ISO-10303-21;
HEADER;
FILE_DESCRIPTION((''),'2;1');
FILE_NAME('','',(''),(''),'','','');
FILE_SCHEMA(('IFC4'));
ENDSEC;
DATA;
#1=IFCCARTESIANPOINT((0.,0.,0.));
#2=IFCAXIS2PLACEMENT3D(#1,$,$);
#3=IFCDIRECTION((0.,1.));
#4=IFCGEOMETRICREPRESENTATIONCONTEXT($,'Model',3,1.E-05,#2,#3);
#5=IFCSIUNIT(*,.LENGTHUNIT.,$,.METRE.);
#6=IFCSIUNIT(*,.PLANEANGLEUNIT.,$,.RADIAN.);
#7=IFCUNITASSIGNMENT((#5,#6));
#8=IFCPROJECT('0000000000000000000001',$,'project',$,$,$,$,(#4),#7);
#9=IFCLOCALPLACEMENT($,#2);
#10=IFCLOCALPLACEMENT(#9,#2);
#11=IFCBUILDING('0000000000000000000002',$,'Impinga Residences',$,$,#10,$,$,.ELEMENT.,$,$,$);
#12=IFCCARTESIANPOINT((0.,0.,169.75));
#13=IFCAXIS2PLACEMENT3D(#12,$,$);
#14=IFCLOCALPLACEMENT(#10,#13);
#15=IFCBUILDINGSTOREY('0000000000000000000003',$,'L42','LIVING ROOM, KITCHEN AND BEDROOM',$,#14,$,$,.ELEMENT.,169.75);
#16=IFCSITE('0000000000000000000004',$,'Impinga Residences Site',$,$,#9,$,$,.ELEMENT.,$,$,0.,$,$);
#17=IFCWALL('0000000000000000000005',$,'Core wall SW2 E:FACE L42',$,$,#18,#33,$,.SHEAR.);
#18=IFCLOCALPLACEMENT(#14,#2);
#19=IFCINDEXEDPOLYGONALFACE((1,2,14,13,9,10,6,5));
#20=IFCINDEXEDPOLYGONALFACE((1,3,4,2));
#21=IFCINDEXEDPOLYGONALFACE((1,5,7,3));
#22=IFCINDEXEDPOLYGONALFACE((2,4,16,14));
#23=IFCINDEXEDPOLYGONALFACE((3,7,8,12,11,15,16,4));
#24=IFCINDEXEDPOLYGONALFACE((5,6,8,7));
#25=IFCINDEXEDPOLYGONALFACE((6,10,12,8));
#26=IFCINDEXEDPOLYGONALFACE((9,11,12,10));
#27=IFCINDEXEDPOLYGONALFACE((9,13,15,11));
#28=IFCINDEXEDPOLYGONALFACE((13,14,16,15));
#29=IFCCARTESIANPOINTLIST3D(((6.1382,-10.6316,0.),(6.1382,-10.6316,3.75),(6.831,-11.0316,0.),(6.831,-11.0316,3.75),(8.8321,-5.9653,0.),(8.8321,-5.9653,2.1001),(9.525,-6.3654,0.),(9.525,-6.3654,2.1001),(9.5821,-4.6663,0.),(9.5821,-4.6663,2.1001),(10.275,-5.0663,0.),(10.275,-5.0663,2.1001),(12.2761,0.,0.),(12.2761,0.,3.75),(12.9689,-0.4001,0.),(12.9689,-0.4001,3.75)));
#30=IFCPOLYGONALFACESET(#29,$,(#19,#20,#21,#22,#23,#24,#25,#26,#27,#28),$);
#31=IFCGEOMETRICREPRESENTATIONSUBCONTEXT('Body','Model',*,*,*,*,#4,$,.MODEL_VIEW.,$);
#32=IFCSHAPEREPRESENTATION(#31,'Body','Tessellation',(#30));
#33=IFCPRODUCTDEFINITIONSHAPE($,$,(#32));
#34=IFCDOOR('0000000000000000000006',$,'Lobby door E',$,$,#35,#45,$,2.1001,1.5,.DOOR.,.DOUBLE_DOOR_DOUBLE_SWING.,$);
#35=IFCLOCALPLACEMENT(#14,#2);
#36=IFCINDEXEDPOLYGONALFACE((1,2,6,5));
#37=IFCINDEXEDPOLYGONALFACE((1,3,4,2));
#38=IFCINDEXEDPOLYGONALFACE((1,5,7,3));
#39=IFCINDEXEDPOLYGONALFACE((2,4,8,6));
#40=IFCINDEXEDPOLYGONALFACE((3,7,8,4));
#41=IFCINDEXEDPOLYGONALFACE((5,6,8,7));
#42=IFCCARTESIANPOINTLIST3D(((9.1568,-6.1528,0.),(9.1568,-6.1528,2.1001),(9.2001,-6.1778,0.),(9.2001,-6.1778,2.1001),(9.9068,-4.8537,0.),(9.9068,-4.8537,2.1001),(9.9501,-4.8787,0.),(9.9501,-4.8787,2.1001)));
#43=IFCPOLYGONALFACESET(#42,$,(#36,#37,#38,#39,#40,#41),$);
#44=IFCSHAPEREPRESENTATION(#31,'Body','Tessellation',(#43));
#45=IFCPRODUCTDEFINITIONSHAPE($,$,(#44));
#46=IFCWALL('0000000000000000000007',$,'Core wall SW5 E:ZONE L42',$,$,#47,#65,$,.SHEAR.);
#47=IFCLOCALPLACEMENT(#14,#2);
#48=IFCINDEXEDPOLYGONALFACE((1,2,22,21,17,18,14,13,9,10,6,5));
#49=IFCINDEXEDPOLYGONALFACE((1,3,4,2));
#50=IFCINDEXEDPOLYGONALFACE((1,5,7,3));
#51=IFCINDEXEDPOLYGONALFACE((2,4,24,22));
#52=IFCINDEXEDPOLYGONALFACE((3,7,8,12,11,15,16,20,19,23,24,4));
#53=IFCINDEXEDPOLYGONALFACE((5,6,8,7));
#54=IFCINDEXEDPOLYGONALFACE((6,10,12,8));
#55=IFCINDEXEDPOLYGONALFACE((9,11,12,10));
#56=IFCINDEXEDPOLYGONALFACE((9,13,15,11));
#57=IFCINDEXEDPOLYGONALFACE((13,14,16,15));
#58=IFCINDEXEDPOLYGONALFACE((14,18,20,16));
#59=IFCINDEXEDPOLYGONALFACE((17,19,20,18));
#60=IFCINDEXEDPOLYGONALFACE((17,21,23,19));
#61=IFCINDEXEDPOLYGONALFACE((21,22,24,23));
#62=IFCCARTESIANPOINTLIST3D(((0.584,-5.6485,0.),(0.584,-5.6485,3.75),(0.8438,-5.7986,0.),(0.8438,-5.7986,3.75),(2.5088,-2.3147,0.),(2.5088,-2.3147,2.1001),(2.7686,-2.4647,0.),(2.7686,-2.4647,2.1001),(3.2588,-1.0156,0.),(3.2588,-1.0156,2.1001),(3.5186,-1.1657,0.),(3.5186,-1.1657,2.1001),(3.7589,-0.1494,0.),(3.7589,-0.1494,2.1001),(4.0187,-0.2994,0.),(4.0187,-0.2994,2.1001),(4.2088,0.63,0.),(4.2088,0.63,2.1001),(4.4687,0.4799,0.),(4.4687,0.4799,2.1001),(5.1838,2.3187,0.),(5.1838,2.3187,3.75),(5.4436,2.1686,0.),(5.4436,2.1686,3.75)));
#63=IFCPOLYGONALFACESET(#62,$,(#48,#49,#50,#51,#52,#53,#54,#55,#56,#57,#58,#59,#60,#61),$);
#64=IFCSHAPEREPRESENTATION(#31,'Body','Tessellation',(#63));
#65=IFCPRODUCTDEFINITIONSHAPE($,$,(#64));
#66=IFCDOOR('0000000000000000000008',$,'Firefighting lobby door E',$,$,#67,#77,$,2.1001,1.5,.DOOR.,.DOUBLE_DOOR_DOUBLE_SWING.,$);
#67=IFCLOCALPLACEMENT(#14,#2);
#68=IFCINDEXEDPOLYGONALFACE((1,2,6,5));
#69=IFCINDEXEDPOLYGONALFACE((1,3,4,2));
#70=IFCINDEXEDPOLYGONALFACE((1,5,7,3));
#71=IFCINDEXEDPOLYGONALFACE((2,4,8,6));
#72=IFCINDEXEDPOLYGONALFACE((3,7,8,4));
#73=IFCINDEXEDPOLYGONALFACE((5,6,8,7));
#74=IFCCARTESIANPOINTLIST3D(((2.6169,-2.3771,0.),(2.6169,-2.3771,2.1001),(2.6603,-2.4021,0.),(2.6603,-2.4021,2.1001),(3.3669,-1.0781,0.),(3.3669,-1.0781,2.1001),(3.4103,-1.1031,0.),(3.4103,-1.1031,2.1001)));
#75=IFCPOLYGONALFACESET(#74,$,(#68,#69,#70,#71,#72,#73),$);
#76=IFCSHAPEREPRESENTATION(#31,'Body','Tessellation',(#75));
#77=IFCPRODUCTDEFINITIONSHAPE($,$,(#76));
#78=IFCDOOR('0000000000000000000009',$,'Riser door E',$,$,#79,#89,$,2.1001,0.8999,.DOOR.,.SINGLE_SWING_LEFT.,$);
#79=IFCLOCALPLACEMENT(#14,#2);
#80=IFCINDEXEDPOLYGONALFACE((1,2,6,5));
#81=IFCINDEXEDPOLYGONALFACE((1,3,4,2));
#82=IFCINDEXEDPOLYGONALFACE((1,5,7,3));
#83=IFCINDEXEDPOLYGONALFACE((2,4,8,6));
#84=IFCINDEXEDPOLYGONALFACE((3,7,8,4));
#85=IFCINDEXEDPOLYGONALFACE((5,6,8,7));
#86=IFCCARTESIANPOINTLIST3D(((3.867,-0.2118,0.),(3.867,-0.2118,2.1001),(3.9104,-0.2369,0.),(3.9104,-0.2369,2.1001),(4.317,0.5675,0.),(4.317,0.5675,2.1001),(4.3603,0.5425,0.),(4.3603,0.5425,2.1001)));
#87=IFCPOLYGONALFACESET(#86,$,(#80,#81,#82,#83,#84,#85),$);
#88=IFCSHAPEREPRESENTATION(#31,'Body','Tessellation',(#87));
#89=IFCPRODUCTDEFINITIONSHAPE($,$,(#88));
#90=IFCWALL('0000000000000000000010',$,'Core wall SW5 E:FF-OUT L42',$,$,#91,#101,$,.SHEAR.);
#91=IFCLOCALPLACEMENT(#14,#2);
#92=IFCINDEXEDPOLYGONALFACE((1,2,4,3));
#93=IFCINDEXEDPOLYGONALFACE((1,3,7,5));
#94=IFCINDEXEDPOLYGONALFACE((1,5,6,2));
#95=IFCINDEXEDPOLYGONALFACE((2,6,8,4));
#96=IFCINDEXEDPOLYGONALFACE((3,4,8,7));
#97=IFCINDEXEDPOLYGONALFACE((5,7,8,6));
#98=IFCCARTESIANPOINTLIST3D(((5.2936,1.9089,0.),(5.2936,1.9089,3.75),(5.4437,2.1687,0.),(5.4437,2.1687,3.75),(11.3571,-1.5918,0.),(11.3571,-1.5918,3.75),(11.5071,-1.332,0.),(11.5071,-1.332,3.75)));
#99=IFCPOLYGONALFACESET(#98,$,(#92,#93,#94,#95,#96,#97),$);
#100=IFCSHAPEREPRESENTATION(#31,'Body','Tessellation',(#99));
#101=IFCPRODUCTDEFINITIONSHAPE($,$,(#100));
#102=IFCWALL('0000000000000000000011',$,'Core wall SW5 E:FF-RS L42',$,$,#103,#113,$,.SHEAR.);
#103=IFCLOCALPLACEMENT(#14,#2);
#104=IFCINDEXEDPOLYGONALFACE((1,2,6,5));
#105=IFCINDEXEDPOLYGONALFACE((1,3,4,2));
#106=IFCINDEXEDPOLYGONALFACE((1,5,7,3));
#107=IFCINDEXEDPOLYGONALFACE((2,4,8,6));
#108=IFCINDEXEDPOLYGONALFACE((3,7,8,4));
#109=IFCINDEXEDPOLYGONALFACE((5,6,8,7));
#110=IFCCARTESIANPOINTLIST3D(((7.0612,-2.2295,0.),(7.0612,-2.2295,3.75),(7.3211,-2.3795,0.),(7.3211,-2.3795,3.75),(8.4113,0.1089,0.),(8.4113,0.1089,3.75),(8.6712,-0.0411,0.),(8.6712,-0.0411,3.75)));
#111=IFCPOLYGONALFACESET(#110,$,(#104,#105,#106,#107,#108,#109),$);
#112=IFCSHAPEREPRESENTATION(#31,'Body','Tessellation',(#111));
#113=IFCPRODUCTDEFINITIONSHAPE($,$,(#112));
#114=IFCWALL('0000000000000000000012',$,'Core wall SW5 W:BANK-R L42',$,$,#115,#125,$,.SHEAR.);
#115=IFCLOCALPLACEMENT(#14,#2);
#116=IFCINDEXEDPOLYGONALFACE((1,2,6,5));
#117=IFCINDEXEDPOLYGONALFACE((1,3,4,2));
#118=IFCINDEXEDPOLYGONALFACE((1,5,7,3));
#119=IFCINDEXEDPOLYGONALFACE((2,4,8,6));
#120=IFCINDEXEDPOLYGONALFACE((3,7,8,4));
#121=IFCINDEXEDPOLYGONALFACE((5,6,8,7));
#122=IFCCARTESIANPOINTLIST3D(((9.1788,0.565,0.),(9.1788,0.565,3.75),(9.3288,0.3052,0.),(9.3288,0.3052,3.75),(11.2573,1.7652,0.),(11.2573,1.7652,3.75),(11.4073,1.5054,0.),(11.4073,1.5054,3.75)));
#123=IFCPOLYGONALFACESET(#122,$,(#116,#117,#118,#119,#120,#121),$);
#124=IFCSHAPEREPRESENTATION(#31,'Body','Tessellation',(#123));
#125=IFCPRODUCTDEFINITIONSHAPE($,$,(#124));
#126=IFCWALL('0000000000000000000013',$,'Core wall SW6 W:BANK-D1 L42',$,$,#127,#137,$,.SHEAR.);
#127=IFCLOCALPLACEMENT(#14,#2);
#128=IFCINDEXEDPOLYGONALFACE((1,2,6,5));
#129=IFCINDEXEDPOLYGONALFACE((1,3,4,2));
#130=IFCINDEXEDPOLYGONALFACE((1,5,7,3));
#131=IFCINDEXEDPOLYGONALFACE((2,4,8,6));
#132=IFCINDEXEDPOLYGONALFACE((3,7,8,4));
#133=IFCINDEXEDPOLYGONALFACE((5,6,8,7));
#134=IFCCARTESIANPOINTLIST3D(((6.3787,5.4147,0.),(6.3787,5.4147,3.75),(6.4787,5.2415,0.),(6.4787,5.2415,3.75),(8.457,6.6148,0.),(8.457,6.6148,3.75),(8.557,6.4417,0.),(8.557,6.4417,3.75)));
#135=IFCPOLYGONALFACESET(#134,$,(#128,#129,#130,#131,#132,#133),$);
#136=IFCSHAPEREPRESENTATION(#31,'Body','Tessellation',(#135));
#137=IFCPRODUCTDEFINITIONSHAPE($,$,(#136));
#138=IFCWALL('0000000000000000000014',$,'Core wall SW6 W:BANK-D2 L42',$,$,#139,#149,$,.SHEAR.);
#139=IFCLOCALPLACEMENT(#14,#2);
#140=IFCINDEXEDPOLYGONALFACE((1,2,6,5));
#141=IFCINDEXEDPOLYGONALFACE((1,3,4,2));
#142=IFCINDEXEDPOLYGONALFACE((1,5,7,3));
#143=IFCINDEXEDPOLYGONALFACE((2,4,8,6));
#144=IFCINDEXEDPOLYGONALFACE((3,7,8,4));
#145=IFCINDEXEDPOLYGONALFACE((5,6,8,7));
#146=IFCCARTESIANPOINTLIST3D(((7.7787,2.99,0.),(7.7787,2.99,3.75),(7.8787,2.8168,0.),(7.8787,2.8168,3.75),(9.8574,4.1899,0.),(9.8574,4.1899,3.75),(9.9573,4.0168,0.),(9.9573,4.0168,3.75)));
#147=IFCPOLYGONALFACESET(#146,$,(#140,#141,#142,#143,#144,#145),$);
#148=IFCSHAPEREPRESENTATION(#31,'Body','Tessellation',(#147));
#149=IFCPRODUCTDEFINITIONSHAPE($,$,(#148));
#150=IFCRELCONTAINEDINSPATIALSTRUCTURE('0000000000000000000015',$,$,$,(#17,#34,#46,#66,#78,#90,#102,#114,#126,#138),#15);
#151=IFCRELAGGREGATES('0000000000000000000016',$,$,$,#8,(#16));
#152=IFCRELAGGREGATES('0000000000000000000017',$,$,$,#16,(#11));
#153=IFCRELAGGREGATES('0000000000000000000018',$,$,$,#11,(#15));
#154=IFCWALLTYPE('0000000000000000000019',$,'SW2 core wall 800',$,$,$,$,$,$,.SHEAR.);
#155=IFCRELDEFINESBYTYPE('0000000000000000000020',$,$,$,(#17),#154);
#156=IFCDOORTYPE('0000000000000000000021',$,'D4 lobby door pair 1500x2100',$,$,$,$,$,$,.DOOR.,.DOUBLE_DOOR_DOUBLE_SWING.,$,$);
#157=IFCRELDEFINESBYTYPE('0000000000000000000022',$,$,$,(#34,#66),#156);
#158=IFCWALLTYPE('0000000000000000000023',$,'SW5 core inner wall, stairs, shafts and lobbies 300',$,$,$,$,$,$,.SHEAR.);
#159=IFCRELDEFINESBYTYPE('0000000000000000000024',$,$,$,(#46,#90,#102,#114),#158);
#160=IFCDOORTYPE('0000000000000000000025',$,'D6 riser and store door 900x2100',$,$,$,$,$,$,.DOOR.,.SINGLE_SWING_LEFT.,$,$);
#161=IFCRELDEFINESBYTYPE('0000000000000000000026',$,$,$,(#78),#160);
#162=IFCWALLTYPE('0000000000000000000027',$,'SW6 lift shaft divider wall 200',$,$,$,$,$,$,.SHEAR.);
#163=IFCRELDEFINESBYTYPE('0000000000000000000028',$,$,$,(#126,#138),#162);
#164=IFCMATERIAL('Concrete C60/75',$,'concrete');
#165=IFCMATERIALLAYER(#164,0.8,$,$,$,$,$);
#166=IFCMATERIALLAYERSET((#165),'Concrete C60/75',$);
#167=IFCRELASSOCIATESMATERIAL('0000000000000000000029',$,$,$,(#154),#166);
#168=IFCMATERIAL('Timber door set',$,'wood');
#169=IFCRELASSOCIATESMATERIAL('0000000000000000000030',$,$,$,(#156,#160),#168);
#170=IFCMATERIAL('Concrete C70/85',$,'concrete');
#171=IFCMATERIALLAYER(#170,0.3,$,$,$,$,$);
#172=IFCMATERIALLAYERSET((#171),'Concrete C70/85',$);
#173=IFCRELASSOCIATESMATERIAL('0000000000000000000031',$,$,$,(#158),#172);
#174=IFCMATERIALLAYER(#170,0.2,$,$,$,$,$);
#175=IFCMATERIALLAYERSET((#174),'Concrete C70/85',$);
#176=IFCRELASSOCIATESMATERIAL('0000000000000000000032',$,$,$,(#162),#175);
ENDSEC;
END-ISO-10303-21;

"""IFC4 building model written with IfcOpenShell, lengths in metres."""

from ifc_helpers import new_model, si_unit, direction, frame, frame_2d, origin, place, context, subcontext, project, spatial, rectangle, extrude, material, layer, layer_set, type_object, element, fill, save


model = new_model("IFC4")

# Units and contexts
model_context = context("Model", 3, precision=1e-05, world=origin(), true_north=direction((0.0, 1.0)))
body_context = subcontext(model_context, "Body", "Model", "MODEL_VIEW")
ifc_project = project(units=[si_unit("LENGTHUNIT", "METRE"), si_unit("PLANEANGLEUNIT", "RADIAN")], contexts=[model_context])

# Site, building, storey
site_placement = place(None, origin())
site = spatial("IfcSite", under=ifc_project, at=site_placement, Name="Impinga Residences Site", CompositionType="ELEMENT", RefElevation=0.0)
building_placement = place(site_placement, origin())
building = spatial("IfcBuilding", under=site, at=building_placement, Name="Impinga Residences", CompositionType="ELEMENT")
storey_placement = place(building_placement, frame((0.0, 0.0, 169.75)))
storey = spatial("IfcBuildingStorey", under=building, at=storey_placement, Name="L42", Description="LIVING ROOM, KITCHEN AND BEDROOM", CompositionType="ELEMENT", Elevation=169.75)

# Shared definitions
ifc_material_1 = material(Name="Concrete C60/75", Category="concrete")
ifc_material_2 = material(Name="Timber door set", Category="wood")

# Wall, opening, door
ifc_layer_1 = layer(ifc_material_1, 0.8)
ifc_layer_set_1 = layer_set([ifc_layer_1], Name="Concrete C60/75")
wall_type_1 = type_object("IfcWallType", Name="SW2 core wall 800", PredefinedType="SHEAR", material=ifc_layer_set_1)
wall_1_placement = place(storey_placement, frame((12.6226, -0.2, 0.0), z_axis=(0.0, 0.0, 1.0), x_axis=(-0.499987, -0.866033, 0.0)))
wall_1 = element("IfcWall", 1, at=wall_1_placement, inside=storey, type_object=wall_type_1, Name="Core wall SW2 E:FACE L42", PredefinedType="SHEAR", context=body_context, shape_type="SweptSolid", body=[
    extrude(rectangle(XDim=12.2761, YDim=0.8, at=frame_2d((6.1382, 0.0))), origin(), (0.0, 0.0, 1.0), 3.75),
])
opening_1_placement = place(wall_1_placement, frame((5.3882, 0.0, 0.0)))
opening_1 = element("IfcOpeningElement", 2, at=opening_1_placement, cuts=wall_1, PredefinedType="OPENING", context=body_context, shape_type="SweptSolid", body=[
    extrude(rectangle(XDim=1.5, YDim=2.1001, at=frame_2d((0.75, 1.05))), frame((0.0, 0.4099, 0.0), z_axis=(0.0, -1.0, 0.0), x_axis=(1.0, 0.0, 0.0)), (0.0, 0.0, 1.0), 0.8201),
])
door_type_1 = type_object("IfcDoorType", Name="D4 lobby door pair 1500x2100", OperationType="DOUBLE_DOOR_DOUBLE_SWING", PredefinedType="DOOR", material=ifc_material_2)
door_1_placement = place(opening_1_placement, origin())
door_1 = element("IfcDoor", 3, at=door_1_placement, inside=storey, type_object=door_type_1, Name="Lobby door E", OperationType="DOUBLE_DOOR_DOUBLE_SWING", OverallHeight=2.1001, OverallWidth=1.5, PredefinedType="DOOR", context=body_context, shape_type="SweptSolid", body=[
    extrude(rectangle(XDim=1.5, YDim=2.1001, at=frame_2d((0.75, 1.05))), frame((0.0, 0.0249, 0.0), z_axis=(0.0, -1.0, 0.0), x_axis=(1.0, 0.0, 0.0)), (0.0, 0.0, 1.0), 0.05),
])
fill(opening_1, door_1)

# Wall, openings, doors
ifc_material_3 = material(Name="Concrete C70/85", Category="concrete")
ifc_layer_2 = layer(ifc_material_3, 0.3)
ifc_layer_set_2 = layer_set([ifc_layer_2], Name="Concrete C70/85")
wall_type_2 = type_object("IfcWallType", Name="SW5 core inner wall, stairs, shafts and lobbies 300", PredefinedType="SHEAR", material=ifc_layer_set_2)
wall_2_placement = place(storey_placement, frame((5.3137, 2.2437, 0.0), z_axis=(0.0, 0.0, 1.0), x_axis=(-0.499995, -0.866028, 0.0)))
wall_2 = element("IfcWall", 4, at=wall_2_placement, inside=storey, type_object=wall_type_2, Name="Core wall SW5 E:ZONE L42", PredefinedType="SHEAR", context=body_context, shape_type="SweptSolid", body=[
    extrude(rectangle(XDim=9.1997, YDim=0.3, at=frame_2d((4.5999, 0.0))), origin(), (0.0, 0.0, 1.0), 3.75),
])
opening_2_placement = place(wall_2_placement, frame((3.8501, 0.0, 0.0)))
opening_2 = element("IfcOpeningElement", 5, at=opening_2_placement, cuts=wall_2, PredefinedType="OPENING", context=body_context, shape_type="SweptSolid", body=[
    extrude(rectangle(XDim=1.5, YDim=2.1001, at=frame_2d((0.75, 1.05))), frame((0.0, 0.1599, 0.0), z_axis=(0.0, -1.0, 0.0), x_axis=(1.0, 0.0, 0.0)), (0.0, 0.0, 1.0), 0.3201),
])
opening_3_placement = place(wall_2_placement, frame((1.95, 0.0, 0.0)))
opening_3 = element("IfcOpeningElement", 6, at=opening_3_placement, cuts=wall_2, PredefinedType="OPENING", context=body_context, shape_type="SweptSolid", body=[
    extrude(rectangle(XDim=0.8999, YDim=2.1001, at=frame_2d((0.45, 1.05))), frame((0.0, 0.1599, 0.0), z_axis=(0.0, -1.0, 0.0), x_axis=(1.0, 0.0, 0.0)), (0.0, 0.0, 1.0), 0.3201),
])
door_2_placement = place(opening_2_placement, origin())
door_2 = element("IfcDoor", 7, at=door_2_placement, inside=storey, type_object=door_type_1, Name="Firefighting lobby door E", OperationType="DOUBLE_DOOR_DOUBLE_SWING", OverallHeight=2.1001, OverallWidth=1.5, PredefinedType="DOOR", context=body_context, shape_type="SweptSolid", body=[
    extrude(rectangle(XDim=1.5, YDim=2.1001, at=frame_2d((0.75, 1.05))), frame((0.0, 0.0249, 0.0), z_axis=(0.0, -1.0, 0.0), x_axis=(1.0, 0.0, 0.0)), (0.0, 0.0, 1.0), 0.05),
])
fill(opening_2, door_2)
door_type_2 = type_object("IfcDoorType", Name="D6 riser and store door 900x2100", OperationType="SINGLE_SWING_LEFT", PredefinedType="DOOR", material=ifc_material_2)
door_3_placement = place(opening_3_placement, origin())
door_3 = element("IfcDoor", 8, at=door_3_placement, inside=storey, type_object=door_type_2, Name="Riser door E", OperationType="SINGLE_SWING_LEFT", OverallHeight=2.1001, OverallWidth=0.8999, PredefinedType="DOOR", context=body_context, shape_type="SweptSolid", body=[
    extrude(rectangle(XDim=0.8999, YDim=2.1001, at=frame_2d((0.45, 1.05))), frame((0.0, 0.0249, 0.0), z_axis=(0.0, -1.0, 0.0), x_axis=(1.0, 0.0, 0.0)), (0.0, 0.0, 1.0), 0.05),
])
fill(opening_3, door_3)

# Walls
wall_3_placement = place(storey_placement, frame((5.3687, 2.0388, 0.0), z_axis=(0.0, 0.0, 1.0), x_axis=(0.866026, -0.499998, 0.0)))
element("IfcWall", 9, at=wall_3_placement, inside=storey, type_object=wall_type_2, Name="Core wall SW5 E:FF-OUT L42", PredefinedType="SHEAR", context=body_context, shape_type="SweptSolid", body=[
    extrude(rectangle(XDim=7.0015, YDim=0.3, at=frame_2d((3.5007, 0.0))), origin(), (0.0, 0.0, 1.0), 3.75),
])
wall_4_placement = place(storey_placement, frame((8.5413, 0.0339, 0.0), z_axis=(0.0, 0.0, 1.0), x_axis=(-0.500009, -0.86602, 0.0)))
element("IfcWall", 10, at=wall_4_placement, inside=storey, type_object=wall_type_2, Name="Core wall SW5 E:FF-RS L42", PredefinedType="SHEAR", context=body_context, shape_type="SweptSolid", body=[
    extrude(rectangle(XDim=2.7002, YDim=0.3, at=frame_2d((1.3501, 0.0))), origin(), (0.0, 0.0, 1.0), 3.75),
])
wall_5_placement = place(storey_placement, frame((9.2537, 0.4351, 0.0), z_axis=(0.0, 0.0, 1.0), x_axis=(0.866006, 0.500034, 0.0)))
element("IfcWall", 11, at=wall_5_placement, inside=storey, type_object=wall_type_2, Name="Core wall SW5 W:BANK-R L42", PredefinedType="SHEAR", context=body_context, shape_type="SweptSolid", body=[
    extrude(rectangle(XDim=2.4001, YDim=0.3, at=frame_2d((1.2002, 0.0))), origin(), (0.0, 0.0, 1.0), 3.75),
])
ifc_layer_3 = layer(ifc_material_3, 0.2)
ifc_layer_set_3 = layer_set([ifc_layer_3], Name="Concrete C70/85")
wall_type_3 = type_object("IfcWallType", Name="SW6 lift shaft divider wall 200", PredefinedType="SHEAR", material=ifc_layer_set_3)
wall_6_placement = place(storey_placement, frame((6.4287, 5.3281, 0.0), z_axis=(0.0, 0.0, 1.0), x_axis=(0.865981, 0.500078, 0.0)))
element("IfcWall", 12, at=wall_6_placement, inside=storey, type_object=wall_type_3, Name="Core wall SW6 W:BANK-D1 L42", PredefinedType="SHEAR", context=body_context, shape_type="SweptSolid", body=[
    extrude(rectangle(XDim=2.3999, YDim=0.2, at=frame_2d((1.2, 0.0))), origin(), (0.0, 0.0, 1.0), 3.75),
])
wall_7_placement = place(storey_placement, frame((7.8286, 2.9033, 0.0), z_axis=(0.0, 0.0, 1.0), x_axis=(0.86605, 0.499957, 0.0)))
element("IfcWall", 13, at=wall_7_placement, inside=storey, type_object=wall_type_3, Name="Core wall SW6 W:BANK-D2 L42", PredefinedType="SHEAR", context=body_context, shape_type="SweptSolid", body=[
    extrude(rectangle(XDim=2.4001, YDim=0.2, at=frame_2d((1.2002, 0.0))), origin(), (0.0, 0.0, 1.0), 3.75),
])

save(model, "model.ifc")
